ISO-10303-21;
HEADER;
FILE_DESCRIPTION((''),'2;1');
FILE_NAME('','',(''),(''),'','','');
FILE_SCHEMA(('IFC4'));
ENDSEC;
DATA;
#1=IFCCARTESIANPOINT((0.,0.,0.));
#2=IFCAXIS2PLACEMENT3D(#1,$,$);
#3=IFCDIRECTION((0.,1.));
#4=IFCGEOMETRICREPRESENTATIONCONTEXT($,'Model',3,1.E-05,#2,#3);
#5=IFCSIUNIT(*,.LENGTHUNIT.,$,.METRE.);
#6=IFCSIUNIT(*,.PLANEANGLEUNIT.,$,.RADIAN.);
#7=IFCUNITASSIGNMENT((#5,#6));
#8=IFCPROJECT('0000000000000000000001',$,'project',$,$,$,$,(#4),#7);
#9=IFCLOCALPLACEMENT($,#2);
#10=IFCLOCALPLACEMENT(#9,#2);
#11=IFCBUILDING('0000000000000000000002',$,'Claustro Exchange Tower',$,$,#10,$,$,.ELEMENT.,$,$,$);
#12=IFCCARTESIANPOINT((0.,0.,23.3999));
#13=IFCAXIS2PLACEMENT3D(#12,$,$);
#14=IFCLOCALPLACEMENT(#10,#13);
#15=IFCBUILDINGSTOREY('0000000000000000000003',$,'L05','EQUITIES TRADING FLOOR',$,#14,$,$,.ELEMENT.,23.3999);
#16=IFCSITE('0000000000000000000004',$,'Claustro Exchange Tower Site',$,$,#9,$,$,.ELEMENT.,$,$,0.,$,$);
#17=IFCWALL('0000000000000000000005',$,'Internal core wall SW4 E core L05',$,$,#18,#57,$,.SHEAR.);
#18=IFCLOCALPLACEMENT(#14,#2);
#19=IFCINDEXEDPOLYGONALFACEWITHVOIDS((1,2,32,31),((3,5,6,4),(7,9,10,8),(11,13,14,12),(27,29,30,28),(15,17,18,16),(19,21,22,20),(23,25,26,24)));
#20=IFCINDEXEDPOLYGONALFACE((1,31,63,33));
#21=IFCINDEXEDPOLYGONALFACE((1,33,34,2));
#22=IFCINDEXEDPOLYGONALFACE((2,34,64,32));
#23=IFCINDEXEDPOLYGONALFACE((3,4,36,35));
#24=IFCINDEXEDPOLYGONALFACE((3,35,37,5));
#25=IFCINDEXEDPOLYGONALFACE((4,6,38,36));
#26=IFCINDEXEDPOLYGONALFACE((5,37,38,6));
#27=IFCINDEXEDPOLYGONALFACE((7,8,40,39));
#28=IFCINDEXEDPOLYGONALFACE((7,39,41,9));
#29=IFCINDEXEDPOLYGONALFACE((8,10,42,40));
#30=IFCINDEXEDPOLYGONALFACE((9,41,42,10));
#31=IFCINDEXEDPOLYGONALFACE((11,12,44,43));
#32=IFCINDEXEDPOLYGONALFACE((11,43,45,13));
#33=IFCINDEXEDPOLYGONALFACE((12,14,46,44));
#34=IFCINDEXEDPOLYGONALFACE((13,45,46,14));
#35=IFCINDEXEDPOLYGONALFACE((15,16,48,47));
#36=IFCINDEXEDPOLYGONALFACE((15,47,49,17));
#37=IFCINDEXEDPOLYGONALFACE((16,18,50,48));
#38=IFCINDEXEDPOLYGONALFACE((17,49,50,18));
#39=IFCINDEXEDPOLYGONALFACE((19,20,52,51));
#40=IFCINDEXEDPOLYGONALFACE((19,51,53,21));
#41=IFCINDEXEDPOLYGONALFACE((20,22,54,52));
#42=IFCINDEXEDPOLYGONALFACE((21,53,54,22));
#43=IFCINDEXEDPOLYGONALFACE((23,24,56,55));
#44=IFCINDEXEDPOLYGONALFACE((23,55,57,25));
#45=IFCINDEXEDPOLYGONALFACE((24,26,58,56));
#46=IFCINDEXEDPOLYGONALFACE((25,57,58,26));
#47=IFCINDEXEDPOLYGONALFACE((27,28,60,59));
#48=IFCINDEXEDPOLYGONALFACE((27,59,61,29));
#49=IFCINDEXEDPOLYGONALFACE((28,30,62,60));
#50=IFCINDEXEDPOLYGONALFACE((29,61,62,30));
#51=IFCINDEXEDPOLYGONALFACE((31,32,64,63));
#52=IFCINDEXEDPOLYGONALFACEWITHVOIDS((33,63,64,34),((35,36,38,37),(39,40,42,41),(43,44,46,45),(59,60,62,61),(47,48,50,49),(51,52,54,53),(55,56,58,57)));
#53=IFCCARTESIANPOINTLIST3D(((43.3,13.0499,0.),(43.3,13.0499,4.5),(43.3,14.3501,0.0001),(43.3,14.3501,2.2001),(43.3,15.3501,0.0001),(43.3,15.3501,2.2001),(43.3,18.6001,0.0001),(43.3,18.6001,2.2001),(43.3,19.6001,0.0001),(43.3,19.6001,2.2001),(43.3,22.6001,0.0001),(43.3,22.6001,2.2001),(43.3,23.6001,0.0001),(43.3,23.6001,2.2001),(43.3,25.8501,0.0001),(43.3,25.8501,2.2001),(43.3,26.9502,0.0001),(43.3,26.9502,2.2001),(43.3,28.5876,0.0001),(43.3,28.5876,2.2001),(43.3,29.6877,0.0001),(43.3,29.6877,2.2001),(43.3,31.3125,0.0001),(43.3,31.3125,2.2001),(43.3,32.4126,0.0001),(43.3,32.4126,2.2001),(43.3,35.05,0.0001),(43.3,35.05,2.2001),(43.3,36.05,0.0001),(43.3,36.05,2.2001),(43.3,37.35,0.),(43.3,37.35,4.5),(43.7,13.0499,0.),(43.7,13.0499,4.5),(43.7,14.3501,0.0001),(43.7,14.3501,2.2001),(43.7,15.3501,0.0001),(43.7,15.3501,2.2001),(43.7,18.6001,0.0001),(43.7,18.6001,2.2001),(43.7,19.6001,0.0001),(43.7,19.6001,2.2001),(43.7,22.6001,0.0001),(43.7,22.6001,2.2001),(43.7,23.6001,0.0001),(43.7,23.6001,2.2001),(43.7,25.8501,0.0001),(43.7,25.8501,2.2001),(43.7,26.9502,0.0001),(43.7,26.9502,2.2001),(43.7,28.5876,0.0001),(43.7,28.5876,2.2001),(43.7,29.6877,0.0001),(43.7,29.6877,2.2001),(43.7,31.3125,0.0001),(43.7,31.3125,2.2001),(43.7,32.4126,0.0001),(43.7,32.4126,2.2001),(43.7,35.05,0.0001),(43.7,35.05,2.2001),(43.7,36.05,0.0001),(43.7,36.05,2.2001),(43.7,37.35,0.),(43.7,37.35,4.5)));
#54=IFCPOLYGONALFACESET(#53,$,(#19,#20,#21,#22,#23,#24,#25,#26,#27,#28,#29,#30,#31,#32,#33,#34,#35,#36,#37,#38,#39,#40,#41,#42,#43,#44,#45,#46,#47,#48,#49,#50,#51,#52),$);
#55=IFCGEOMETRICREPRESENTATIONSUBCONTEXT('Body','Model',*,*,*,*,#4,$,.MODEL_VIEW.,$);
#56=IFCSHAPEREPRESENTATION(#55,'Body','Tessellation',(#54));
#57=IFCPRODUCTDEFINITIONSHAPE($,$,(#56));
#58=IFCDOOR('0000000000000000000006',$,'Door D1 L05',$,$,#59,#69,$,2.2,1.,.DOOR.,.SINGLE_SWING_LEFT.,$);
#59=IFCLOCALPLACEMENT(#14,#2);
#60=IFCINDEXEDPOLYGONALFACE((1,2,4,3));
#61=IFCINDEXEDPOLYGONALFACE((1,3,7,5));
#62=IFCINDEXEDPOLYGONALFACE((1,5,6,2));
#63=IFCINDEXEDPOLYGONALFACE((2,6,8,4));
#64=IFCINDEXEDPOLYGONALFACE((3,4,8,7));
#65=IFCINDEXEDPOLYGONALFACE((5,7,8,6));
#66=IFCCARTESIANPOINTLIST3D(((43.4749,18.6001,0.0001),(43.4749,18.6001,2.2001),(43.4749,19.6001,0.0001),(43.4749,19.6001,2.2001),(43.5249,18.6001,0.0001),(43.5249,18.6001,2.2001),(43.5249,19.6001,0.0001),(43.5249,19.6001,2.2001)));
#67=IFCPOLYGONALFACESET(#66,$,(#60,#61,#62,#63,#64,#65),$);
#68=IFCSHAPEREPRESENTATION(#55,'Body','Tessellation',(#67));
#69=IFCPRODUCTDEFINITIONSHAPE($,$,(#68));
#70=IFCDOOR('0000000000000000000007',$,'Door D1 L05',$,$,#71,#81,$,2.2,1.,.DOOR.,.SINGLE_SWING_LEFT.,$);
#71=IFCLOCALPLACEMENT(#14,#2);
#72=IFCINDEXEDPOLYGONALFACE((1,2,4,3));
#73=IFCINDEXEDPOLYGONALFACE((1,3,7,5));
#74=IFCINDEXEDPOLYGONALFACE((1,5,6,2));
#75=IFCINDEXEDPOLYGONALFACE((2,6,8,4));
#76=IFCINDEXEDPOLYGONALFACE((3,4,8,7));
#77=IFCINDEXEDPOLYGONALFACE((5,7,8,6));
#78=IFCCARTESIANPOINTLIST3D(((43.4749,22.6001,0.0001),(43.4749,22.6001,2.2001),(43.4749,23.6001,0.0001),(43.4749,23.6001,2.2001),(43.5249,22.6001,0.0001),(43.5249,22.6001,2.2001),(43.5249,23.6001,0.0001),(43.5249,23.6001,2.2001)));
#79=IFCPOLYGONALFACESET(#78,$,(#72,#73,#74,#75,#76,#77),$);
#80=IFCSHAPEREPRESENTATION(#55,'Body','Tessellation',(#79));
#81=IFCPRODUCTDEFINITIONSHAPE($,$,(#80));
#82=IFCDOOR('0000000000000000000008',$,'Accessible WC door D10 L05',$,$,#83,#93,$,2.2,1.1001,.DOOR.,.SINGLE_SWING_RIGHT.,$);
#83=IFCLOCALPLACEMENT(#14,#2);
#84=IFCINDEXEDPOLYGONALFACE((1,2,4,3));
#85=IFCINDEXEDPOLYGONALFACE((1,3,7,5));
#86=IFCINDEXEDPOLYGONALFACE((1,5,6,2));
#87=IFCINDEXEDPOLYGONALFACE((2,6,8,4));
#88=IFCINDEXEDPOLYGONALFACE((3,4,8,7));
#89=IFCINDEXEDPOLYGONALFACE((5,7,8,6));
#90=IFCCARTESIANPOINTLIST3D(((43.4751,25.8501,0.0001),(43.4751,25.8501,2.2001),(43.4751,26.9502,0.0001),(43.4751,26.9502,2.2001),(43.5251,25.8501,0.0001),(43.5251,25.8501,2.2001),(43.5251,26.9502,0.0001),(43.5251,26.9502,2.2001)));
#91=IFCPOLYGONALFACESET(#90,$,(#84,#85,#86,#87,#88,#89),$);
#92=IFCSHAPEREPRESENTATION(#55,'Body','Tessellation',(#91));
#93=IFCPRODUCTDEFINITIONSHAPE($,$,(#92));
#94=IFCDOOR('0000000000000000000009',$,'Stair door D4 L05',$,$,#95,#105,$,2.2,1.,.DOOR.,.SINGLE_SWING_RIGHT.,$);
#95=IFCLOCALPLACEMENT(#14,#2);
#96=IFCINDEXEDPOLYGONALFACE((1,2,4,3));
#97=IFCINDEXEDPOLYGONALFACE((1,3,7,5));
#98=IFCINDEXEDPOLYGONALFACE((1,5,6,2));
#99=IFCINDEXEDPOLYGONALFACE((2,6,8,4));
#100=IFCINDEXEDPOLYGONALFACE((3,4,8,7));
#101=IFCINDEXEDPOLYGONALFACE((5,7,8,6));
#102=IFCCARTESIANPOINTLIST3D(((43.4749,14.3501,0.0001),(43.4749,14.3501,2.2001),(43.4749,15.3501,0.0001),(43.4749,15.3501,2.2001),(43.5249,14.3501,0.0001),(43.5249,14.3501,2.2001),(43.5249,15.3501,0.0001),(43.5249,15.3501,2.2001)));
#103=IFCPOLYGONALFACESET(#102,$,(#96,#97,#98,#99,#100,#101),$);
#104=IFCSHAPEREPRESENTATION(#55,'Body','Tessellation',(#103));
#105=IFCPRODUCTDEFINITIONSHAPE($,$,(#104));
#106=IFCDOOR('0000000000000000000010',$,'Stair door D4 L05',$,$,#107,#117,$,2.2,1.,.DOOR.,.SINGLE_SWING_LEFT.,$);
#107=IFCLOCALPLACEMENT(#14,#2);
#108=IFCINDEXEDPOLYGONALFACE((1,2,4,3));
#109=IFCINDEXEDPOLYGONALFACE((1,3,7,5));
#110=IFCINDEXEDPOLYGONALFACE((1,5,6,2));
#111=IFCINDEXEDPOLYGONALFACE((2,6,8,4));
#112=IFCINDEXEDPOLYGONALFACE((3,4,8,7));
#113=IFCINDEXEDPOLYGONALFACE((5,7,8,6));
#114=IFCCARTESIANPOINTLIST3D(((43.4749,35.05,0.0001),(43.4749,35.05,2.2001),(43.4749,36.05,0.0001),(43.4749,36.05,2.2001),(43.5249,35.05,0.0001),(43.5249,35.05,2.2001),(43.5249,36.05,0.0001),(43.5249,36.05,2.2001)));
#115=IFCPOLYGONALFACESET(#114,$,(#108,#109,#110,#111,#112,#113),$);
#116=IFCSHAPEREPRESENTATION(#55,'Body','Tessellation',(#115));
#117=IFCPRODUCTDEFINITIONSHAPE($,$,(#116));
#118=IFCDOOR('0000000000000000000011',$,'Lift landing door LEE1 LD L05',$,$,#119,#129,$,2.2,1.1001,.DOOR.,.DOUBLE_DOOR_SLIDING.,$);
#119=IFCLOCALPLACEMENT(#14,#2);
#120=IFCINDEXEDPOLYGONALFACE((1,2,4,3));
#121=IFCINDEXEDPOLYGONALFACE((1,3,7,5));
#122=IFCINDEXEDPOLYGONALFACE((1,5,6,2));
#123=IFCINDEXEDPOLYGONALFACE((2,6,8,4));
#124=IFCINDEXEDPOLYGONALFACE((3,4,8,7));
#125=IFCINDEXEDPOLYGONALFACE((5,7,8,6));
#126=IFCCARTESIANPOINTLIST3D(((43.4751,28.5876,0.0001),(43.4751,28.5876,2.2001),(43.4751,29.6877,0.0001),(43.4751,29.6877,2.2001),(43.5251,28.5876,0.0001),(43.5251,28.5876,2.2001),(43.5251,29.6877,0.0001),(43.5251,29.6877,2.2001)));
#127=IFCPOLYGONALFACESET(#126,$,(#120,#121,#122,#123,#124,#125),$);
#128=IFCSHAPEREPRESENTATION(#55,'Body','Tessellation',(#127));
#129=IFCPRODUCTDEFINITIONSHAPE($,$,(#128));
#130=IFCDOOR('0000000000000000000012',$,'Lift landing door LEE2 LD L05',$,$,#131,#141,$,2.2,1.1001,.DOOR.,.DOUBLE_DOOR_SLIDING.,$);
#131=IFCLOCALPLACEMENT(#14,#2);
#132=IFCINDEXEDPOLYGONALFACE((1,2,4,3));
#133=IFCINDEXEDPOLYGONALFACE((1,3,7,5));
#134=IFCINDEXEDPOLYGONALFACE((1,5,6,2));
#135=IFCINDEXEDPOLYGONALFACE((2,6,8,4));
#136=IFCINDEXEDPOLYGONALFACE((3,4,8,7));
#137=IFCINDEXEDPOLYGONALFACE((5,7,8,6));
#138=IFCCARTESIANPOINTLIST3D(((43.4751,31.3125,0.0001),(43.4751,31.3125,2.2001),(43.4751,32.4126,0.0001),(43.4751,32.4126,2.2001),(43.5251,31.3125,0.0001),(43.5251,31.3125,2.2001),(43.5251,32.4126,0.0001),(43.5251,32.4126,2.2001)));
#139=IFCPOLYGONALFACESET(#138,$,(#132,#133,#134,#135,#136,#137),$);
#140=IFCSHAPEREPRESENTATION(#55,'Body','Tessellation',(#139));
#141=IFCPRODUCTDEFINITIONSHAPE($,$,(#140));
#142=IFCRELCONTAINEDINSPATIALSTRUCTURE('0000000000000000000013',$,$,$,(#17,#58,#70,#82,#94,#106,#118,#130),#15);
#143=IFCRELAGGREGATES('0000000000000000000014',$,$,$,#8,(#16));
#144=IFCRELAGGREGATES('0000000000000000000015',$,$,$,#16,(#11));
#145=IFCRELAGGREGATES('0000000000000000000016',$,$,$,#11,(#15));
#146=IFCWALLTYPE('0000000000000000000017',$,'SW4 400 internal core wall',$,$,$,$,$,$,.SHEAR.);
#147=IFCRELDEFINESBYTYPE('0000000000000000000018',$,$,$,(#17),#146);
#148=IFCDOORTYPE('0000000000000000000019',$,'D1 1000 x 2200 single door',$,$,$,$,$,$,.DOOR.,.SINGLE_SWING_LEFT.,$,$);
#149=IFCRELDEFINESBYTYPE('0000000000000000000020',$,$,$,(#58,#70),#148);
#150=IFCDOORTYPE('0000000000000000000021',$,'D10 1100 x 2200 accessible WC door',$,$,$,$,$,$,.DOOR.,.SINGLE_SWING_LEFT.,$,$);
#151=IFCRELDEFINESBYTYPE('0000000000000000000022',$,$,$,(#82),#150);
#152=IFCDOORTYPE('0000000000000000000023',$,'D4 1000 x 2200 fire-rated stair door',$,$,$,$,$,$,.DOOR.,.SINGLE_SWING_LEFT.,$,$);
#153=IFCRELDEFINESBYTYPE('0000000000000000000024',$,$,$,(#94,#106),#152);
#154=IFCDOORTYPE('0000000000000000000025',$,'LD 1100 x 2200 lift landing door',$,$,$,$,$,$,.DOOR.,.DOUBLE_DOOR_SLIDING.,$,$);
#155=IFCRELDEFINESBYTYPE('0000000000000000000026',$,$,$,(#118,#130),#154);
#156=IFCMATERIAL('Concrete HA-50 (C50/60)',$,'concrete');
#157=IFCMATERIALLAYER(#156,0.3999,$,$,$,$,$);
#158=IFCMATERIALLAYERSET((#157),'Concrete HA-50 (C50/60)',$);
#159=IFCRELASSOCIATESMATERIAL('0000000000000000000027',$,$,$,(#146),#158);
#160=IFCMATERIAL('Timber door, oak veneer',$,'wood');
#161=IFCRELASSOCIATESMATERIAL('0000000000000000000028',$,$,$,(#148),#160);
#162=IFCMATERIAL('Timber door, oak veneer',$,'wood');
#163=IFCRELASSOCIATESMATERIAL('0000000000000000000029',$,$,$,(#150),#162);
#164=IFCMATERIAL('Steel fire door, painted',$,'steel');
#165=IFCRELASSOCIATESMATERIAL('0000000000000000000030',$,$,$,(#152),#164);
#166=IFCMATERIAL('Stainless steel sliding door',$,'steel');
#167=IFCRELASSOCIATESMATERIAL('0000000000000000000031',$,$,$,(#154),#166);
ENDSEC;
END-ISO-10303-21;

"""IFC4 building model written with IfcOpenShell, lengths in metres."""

from ifc_helpers import new_model, si_unit, direction, frame, frame_2d, origin, place, context, subcontext, project, spatial, rectangle, extrude, material, layer, layer_set, type_object, element, fill, save


model = new_model("IFC4")

# Units and contexts
model_context = context("Model", 3, precision=1e-05, world=origin(), true_north=direction((0.0, 1.0)))
body_context = subcontext(model_context, "Body", "Model", "MODEL_VIEW")
ifc_project = project(units=[si_unit("LENGTHUNIT", "METRE"), si_unit("PLANEANGLEUNIT", "RADIAN")], contexts=[model_context])

# Site, building, storey
site_placement = place(None, origin())
site = spatial("IfcSite", under=ifc_project, at=site_placement, Name="Claustro Exchange Tower Site", CompositionType="ELEMENT", RefElevation=0.0)
building_placement = place(site_placement, origin())
building = spatial("IfcBuilding", under=site, at=building_placement, Name="Claustro Exchange Tower", CompositionType="ELEMENT")
storey_placement = place(building_placement, frame((0.0, 0.0, 23.3999)))
storey = spatial("IfcBuildingStorey", under=building, at=storey_placement, Name="L05", Description="EQUITIES TRADING FLOOR", CompositionType="ELEMENT", Elevation=23.3999)

# Wall, openings, doors
ifc_material_1 = material(Name="Concrete HA-50 (C50/60)", Category="concrete")
ifc_layer_1 = layer(ifc_material_1, 0.3999)
ifc_layer_set_1 = layer_set([ifc_layer_1], Name="Concrete HA-50 (C50/60)")
wall_type_1 = type_object("IfcWallType", Name="SW4 400 internal core wall", PredefinedType="SHEAR", material=ifc_layer_set_1)
wall_1_placement = place(storey_placement, frame((43.5, 13.05, 0.0), z_axis=(0.0, 0.0, 1.0), x_axis=(0.0, 1.0, 0.0)))
wall_1 = element("IfcWall", 1, at=wall_1_placement, inside=storey, type_object=wall_type_1, Name="Internal core wall SW4 E core L05", PredefinedType="SHEAR", context=body_context, shape_type="SweptSolid", body=[
    extrude(rectangle(XDim=24.3, YDim=0.3999, at=frame_2d((12.1499, 0.0))), origin(), (0.0, 0.0, 1.0), 4.5),
])
opening_1_placement = place(wall_1_placement, frame((1.3, 0.0, 0.0)))
opening_1 = element("IfcOpeningElement", 2, at=opening_1_placement, cuts=wall_1, PredefinedType="OPENING", context=body_context, shape_type="SweptSolid", body=[
    extrude(rectangle(XDim=1.0, YDim=2.2, at=frame_2d((0.5, 1.1001))), frame((0.0, 0.21, 0.0), z_axis=(0.0, -1.0, 0.0), x_axis=(1.0, 0.0, 0.0)), (0.0, 0.0, 1.0), 0.4199),
])
opening_2_placement = place(wall_1_placement, frame((22.0, 0.0, 0.0)))
opening_2 = element("IfcOpeningElement", 3, at=opening_2_placement, cuts=wall_1, PredefinedType="OPENING", context=body_context, shape_type="SweptSolid", body=[
    extrude(rectangle(XDim=1.0, YDim=2.2, at=frame_2d((0.5, 1.1001))), frame((0.0, 0.21, 0.0), z_axis=(0.0, -1.0, 0.0), x_axis=(1.0, 0.0, 0.0)), (0.0, 0.0, 1.0), 0.4199),
])
opening_3_placement = place(wall_1_placement, frame((5.55, 0.0, 0.0)))
opening_3 = element("IfcOpeningElement", 4, at=opening_3_placement, cuts=wall_1, PredefinedType="OPENING", context=body_context, shape_type="SweptSolid", body=[
    extrude(rectangle(XDim=1.0, YDim=2.2, at=frame_2d((0.5, 1.1001))), frame((0.0, 0.21, 0.0), z_axis=(0.0, -1.0, 0.0), x_axis=(1.0, 0.0, 0.0)), (0.0, 0.0, 1.0), 0.4199),
])
opening_4_placement = place(wall_1_placement, frame((9.55, 0.0, 0.0)))
opening_4 = element("IfcOpeningElement", 5, at=opening_4_placement, cuts=wall_1, PredefinedType="OPENING", context=body_context, shape_type="SweptSolid", body=[
    extrude(rectangle(XDim=1.0, YDim=2.2, at=frame_2d((0.5, 1.1001))), frame((0.0, 0.21, 0.0), z_axis=(0.0, -1.0, 0.0), x_axis=(1.0, 0.0, 0.0)), (0.0, 0.0, 1.0), 0.4199),
])
opening_5_placement = place(wall_1_placement, frame((12.8, 0.0, 0.0)))
opening_5 = element("IfcOpeningElement", 6, at=opening_5_placement, cuts=wall_1, PredefinedType="OPENING", context=body_context, shape_type="SweptSolid", body=[
    extrude(rectangle(XDim=1.1001, YDim=2.2, at=frame_2d((0.55, 1.1001))), frame((0.0, 0.21, 0.0), z_axis=(0.0, -1.0, 0.0), x_axis=(1.0, 0.0, 0.0)), (0.0, 0.0, 1.0), 0.4199),
])
opening_6_placement = place(wall_1_placement, frame((15.5376, 0.0, 0.0)))
opening_6 = element("IfcOpeningElement", 7, at=opening_6_placement, cuts=wall_1, PredefinedType="OPENING", context=body_context, shape_type="SweptSolid", body=[
    extrude(rectangle(XDim=1.1001, YDim=2.2, at=frame_2d((0.55, 1.1001))), frame((0.0, 0.21, 0.0), z_axis=(0.0, -1.0, 0.0), x_axis=(1.0, 0.0, 0.0)), (0.0, 0.0, 1.0), 0.4199),
])
opening_7_placement = place(wall_1_placement, frame((18.2625, 0.0, 0.0)))
opening_7 = element("IfcOpeningElement", 8, at=opening_7_placement, cuts=wall_1, PredefinedType="OPENING", context=body_context, shape_type="SweptSolid", body=[
    extrude(rectangle(XDim=1.1001, YDim=2.2, at=frame_2d((0.55, 1.1001))), frame((0.0, 0.21, 0.0), z_axis=(0.0, -1.0, 0.0), x_axis=(1.0, 0.0, 0.0)), (0.0, 0.0, 1.0), 0.4199),
])
ifc_material_2 = material(Name="Timber door, oak veneer", Category="wood")
door_type_1 = type_object("IfcDoorType", Name="D1 1000 x 2200 single door", OperationType="SINGLE_SWING_LEFT", PredefinedType="DOOR", material=ifc_material_2)
door_1_placement = place(opening_3_placement, frame((1.0, 0.0, 0.0), z_axis=(0.0, 0.0, 1.0), x_axis=(-1.0, 0.0, 0.0)))
door_1 = element("IfcDoor", 9, at=door_1_placement, inside=storey, type_object=door_type_1, Name="Door D1 L05", OperationType="SINGLE_SWING_LEFT", OverallHeight=2.2, OverallWidth=1.0, PredefinedType="DOOR", context=body_context, shape_type="SweptSolid", body=[
    extrude(rectangle(XDim=1.0, YDim=2.2, at=frame_2d((0.5, 1.1001))), frame((0.0, 0.0249, 0.0), z_axis=(0.0, -1.0, 0.0), x_axis=(1.0, 0.0, 0.0)), (0.0, 0.0, 1.0), 0.05),
])
fill(opening_3, door_1)
door_2_placement = place(opening_4_placement, frame((1.0, 0.0, 0.0), z_axis=(0.0, 0.0, 1.0), x_axis=(-1.0, 0.0, 0.0)))
door_2 = element("IfcDoor", 10, at=door_2_placement, inside=storey, type_object=door_type_1, Name="Door D1 L05", OperationType="SINGLE_SWING_LEFT", OverallHeight=2.2, OverallWidth=1.0, PredefinedType="DOOR", context=body_context, shape_type="SweptSolid", body=[
    extrude(rectangle(XDim=1.0, YDim=2.2, at=frame_2d((0.5, 1.1001))), frame((0.0, 0.0249, 0.0), z_axis=(0.0, -1.0, 0.0), x_axis=(1.0, 0.0, 0.0)), (0.0, 0.0, 1.0), 0.05),
])
fill(opening_4, door_2)
ifc_material_3 = material(Name="Timber door, oak veneer", Category="wood")
door_type_2 = type_object("IfcDoorType", Name="D10 1100 x 2200 accessible WC door", OperationType="SINGLE_SWING_LEFT", PredefinedType="DOOR", material=ifc_material_3)
door_3_placement = place(opening_5_placement, origin())
door_3 = element("IfcDoor", 11, at=door_3_placement, inside=storey, type_object=door_type_2, Name="Accessible WC door D10 L05", OperationType="SINGLE_SWING_RIGHT", OverallHeight=2.2, OverallWidth=1.1001, PredefinedType="DOOR", context=body_context, shape_type="SweptSolid", body=[
    extrude(rectangle(XDim=1.1001, YDim=2.2, at=frame_2d((0.55, 1.1001))), frame((0.0, 0.0249, 0.0), z_axis=(0.0, -1.0, 0.0), x_axis=(1.0, 0.0, 0.0)), (0.0, 0.0, 1.0), 0.05),
])
fill(opening_5, door_3)
ifc_material_4 = material(Name="Steel fire door, painted", Category="steel")
door_type_3 = type_object("IfcDoorType", Name="D4 1000 x 2200 fire-rated stair door", OperationType="SINGLE_SWING_LEFT", PredefinedType="DOOR", material=ifc_material_4)
door_4_placement = place(opening_1_placement, frame((1.0, 0.0, 0.0), z_axis=(0.0, 0.0, 1.0), x_axis=(-1.0, 0.0, 0.0)))
door_4 = element("IfcDoor", 12, at=door_4_placement, inside=storey, type_object=door_type_3, Name="Stair door D4 L05", OperationType="SINGLE_SWING_RIGHT", OverallHeight=2.2, OverallWidth=1.0, PredefinedType="DOOR", context=body_context, shape_type="SweptSolid", body=[
    extrude(rectangle(XDim=1.0, YDim=2.2, at=frame_2d((0.5, 1.1001))), frame((0.0, 0.0249, 0.0), z_axis=(0.0, -1.0, 0.0), x_axis=(1.0, 0.0, 0.0)), (0.0, 0.0, 1.0), 0.05),
])
fill(opening_1, door_4)
door_5_placement = place(opening_2_placement, frame((1.0, 0.0, 0.0), z_axis=(0.0, 0.0, 1.0), x_axis=(-1.0, 0.0, 0.0)))
door_5 = element("IfcDoor", 13, at=door_5_placement, inside=storey, type_object=door_type_3, Name="Stair door D4 L05", OperationType="SINGLE_SWING_LEFT", OverallHeight=2.2, OverallWidth=1.0, PredefinedType="DOOR", context=body_context, shape_type="SweptSolid", body=[
    extrude(rectangle(XDim=1.0, YDim=2.2, at=frame_2d((0.5, 1.1001))), frame((0.0, 0.0249, 0.0), z_axis=(0.0, -1.0, 0.0), x_axis=(1.0, 0.0, 0.0)), (0.0, 0.0, 1.0), 0.05),
])
fill(opening_2, door_5)
ifc_material_5 = material(Name="Stainless steel sliding door", Category="steel")
door_type_4 = type_object("IfcDoorType", Name="LD 1100 x 2200 lift landing door", OperationType="DOUBLE_DOOR_SLIDING", PredefinedType="DOOR", material=ifc_material_5)
door_6_placement = place(opening_6_placement, origin())
door_6 = element("IfcDoor", 14, at=door_6_placement, inside=storey, type_object=door_type_4, Name="Lift landing door LEE1 LD L05", OperationType="DOUBLE_DOOR_SLIDING", OverallHeight=2.2, OverallWidth=1.1001, PredefinedType="DOOR", context=body_context, shape_type="SweptSolid", body=[
    extrude(rectangle(XDim=1.1001, YDim=2.2, at=frame_2d((0.55, 1.1001))), frame((0.0, 0.0249, 0.0), z_axis=(0.0, -1.0, 0.0), x_axis=(1.0, 0.0, 0.0)), (0.0, 0.0, 1.0), 0.05),
])
fill(opening_6, door_6)
door_7_placement = place(opening_7_placement, origin())
door_7 = element("IfcDoor", 15, at=door_7_placement, inside=storey, type_object=door_type_4, Name="Lift landing door LEE2 LD L05", OperationType="DOUBLE_DOOR_SLIDING", OverallHeight=2.2, OverallWidth=1.1001, PredefinedType="DOOR", context=body_context, shape_type="SweptSolid", body=[
    extrude(rectangle(XDim=1.1001, YDim=2.2, at=frame_2d((0.55, 1.1001))), frame((0.0, 0.0249, 0.0), z_axis=(0.0, -1.0, 0.0), x_axis=(1.0, 0.0, 0.0)), (0.0, 0.0, 1.0), 0.05),
])
fill(opening_7, door_7)

save(model, "model.ifc")
